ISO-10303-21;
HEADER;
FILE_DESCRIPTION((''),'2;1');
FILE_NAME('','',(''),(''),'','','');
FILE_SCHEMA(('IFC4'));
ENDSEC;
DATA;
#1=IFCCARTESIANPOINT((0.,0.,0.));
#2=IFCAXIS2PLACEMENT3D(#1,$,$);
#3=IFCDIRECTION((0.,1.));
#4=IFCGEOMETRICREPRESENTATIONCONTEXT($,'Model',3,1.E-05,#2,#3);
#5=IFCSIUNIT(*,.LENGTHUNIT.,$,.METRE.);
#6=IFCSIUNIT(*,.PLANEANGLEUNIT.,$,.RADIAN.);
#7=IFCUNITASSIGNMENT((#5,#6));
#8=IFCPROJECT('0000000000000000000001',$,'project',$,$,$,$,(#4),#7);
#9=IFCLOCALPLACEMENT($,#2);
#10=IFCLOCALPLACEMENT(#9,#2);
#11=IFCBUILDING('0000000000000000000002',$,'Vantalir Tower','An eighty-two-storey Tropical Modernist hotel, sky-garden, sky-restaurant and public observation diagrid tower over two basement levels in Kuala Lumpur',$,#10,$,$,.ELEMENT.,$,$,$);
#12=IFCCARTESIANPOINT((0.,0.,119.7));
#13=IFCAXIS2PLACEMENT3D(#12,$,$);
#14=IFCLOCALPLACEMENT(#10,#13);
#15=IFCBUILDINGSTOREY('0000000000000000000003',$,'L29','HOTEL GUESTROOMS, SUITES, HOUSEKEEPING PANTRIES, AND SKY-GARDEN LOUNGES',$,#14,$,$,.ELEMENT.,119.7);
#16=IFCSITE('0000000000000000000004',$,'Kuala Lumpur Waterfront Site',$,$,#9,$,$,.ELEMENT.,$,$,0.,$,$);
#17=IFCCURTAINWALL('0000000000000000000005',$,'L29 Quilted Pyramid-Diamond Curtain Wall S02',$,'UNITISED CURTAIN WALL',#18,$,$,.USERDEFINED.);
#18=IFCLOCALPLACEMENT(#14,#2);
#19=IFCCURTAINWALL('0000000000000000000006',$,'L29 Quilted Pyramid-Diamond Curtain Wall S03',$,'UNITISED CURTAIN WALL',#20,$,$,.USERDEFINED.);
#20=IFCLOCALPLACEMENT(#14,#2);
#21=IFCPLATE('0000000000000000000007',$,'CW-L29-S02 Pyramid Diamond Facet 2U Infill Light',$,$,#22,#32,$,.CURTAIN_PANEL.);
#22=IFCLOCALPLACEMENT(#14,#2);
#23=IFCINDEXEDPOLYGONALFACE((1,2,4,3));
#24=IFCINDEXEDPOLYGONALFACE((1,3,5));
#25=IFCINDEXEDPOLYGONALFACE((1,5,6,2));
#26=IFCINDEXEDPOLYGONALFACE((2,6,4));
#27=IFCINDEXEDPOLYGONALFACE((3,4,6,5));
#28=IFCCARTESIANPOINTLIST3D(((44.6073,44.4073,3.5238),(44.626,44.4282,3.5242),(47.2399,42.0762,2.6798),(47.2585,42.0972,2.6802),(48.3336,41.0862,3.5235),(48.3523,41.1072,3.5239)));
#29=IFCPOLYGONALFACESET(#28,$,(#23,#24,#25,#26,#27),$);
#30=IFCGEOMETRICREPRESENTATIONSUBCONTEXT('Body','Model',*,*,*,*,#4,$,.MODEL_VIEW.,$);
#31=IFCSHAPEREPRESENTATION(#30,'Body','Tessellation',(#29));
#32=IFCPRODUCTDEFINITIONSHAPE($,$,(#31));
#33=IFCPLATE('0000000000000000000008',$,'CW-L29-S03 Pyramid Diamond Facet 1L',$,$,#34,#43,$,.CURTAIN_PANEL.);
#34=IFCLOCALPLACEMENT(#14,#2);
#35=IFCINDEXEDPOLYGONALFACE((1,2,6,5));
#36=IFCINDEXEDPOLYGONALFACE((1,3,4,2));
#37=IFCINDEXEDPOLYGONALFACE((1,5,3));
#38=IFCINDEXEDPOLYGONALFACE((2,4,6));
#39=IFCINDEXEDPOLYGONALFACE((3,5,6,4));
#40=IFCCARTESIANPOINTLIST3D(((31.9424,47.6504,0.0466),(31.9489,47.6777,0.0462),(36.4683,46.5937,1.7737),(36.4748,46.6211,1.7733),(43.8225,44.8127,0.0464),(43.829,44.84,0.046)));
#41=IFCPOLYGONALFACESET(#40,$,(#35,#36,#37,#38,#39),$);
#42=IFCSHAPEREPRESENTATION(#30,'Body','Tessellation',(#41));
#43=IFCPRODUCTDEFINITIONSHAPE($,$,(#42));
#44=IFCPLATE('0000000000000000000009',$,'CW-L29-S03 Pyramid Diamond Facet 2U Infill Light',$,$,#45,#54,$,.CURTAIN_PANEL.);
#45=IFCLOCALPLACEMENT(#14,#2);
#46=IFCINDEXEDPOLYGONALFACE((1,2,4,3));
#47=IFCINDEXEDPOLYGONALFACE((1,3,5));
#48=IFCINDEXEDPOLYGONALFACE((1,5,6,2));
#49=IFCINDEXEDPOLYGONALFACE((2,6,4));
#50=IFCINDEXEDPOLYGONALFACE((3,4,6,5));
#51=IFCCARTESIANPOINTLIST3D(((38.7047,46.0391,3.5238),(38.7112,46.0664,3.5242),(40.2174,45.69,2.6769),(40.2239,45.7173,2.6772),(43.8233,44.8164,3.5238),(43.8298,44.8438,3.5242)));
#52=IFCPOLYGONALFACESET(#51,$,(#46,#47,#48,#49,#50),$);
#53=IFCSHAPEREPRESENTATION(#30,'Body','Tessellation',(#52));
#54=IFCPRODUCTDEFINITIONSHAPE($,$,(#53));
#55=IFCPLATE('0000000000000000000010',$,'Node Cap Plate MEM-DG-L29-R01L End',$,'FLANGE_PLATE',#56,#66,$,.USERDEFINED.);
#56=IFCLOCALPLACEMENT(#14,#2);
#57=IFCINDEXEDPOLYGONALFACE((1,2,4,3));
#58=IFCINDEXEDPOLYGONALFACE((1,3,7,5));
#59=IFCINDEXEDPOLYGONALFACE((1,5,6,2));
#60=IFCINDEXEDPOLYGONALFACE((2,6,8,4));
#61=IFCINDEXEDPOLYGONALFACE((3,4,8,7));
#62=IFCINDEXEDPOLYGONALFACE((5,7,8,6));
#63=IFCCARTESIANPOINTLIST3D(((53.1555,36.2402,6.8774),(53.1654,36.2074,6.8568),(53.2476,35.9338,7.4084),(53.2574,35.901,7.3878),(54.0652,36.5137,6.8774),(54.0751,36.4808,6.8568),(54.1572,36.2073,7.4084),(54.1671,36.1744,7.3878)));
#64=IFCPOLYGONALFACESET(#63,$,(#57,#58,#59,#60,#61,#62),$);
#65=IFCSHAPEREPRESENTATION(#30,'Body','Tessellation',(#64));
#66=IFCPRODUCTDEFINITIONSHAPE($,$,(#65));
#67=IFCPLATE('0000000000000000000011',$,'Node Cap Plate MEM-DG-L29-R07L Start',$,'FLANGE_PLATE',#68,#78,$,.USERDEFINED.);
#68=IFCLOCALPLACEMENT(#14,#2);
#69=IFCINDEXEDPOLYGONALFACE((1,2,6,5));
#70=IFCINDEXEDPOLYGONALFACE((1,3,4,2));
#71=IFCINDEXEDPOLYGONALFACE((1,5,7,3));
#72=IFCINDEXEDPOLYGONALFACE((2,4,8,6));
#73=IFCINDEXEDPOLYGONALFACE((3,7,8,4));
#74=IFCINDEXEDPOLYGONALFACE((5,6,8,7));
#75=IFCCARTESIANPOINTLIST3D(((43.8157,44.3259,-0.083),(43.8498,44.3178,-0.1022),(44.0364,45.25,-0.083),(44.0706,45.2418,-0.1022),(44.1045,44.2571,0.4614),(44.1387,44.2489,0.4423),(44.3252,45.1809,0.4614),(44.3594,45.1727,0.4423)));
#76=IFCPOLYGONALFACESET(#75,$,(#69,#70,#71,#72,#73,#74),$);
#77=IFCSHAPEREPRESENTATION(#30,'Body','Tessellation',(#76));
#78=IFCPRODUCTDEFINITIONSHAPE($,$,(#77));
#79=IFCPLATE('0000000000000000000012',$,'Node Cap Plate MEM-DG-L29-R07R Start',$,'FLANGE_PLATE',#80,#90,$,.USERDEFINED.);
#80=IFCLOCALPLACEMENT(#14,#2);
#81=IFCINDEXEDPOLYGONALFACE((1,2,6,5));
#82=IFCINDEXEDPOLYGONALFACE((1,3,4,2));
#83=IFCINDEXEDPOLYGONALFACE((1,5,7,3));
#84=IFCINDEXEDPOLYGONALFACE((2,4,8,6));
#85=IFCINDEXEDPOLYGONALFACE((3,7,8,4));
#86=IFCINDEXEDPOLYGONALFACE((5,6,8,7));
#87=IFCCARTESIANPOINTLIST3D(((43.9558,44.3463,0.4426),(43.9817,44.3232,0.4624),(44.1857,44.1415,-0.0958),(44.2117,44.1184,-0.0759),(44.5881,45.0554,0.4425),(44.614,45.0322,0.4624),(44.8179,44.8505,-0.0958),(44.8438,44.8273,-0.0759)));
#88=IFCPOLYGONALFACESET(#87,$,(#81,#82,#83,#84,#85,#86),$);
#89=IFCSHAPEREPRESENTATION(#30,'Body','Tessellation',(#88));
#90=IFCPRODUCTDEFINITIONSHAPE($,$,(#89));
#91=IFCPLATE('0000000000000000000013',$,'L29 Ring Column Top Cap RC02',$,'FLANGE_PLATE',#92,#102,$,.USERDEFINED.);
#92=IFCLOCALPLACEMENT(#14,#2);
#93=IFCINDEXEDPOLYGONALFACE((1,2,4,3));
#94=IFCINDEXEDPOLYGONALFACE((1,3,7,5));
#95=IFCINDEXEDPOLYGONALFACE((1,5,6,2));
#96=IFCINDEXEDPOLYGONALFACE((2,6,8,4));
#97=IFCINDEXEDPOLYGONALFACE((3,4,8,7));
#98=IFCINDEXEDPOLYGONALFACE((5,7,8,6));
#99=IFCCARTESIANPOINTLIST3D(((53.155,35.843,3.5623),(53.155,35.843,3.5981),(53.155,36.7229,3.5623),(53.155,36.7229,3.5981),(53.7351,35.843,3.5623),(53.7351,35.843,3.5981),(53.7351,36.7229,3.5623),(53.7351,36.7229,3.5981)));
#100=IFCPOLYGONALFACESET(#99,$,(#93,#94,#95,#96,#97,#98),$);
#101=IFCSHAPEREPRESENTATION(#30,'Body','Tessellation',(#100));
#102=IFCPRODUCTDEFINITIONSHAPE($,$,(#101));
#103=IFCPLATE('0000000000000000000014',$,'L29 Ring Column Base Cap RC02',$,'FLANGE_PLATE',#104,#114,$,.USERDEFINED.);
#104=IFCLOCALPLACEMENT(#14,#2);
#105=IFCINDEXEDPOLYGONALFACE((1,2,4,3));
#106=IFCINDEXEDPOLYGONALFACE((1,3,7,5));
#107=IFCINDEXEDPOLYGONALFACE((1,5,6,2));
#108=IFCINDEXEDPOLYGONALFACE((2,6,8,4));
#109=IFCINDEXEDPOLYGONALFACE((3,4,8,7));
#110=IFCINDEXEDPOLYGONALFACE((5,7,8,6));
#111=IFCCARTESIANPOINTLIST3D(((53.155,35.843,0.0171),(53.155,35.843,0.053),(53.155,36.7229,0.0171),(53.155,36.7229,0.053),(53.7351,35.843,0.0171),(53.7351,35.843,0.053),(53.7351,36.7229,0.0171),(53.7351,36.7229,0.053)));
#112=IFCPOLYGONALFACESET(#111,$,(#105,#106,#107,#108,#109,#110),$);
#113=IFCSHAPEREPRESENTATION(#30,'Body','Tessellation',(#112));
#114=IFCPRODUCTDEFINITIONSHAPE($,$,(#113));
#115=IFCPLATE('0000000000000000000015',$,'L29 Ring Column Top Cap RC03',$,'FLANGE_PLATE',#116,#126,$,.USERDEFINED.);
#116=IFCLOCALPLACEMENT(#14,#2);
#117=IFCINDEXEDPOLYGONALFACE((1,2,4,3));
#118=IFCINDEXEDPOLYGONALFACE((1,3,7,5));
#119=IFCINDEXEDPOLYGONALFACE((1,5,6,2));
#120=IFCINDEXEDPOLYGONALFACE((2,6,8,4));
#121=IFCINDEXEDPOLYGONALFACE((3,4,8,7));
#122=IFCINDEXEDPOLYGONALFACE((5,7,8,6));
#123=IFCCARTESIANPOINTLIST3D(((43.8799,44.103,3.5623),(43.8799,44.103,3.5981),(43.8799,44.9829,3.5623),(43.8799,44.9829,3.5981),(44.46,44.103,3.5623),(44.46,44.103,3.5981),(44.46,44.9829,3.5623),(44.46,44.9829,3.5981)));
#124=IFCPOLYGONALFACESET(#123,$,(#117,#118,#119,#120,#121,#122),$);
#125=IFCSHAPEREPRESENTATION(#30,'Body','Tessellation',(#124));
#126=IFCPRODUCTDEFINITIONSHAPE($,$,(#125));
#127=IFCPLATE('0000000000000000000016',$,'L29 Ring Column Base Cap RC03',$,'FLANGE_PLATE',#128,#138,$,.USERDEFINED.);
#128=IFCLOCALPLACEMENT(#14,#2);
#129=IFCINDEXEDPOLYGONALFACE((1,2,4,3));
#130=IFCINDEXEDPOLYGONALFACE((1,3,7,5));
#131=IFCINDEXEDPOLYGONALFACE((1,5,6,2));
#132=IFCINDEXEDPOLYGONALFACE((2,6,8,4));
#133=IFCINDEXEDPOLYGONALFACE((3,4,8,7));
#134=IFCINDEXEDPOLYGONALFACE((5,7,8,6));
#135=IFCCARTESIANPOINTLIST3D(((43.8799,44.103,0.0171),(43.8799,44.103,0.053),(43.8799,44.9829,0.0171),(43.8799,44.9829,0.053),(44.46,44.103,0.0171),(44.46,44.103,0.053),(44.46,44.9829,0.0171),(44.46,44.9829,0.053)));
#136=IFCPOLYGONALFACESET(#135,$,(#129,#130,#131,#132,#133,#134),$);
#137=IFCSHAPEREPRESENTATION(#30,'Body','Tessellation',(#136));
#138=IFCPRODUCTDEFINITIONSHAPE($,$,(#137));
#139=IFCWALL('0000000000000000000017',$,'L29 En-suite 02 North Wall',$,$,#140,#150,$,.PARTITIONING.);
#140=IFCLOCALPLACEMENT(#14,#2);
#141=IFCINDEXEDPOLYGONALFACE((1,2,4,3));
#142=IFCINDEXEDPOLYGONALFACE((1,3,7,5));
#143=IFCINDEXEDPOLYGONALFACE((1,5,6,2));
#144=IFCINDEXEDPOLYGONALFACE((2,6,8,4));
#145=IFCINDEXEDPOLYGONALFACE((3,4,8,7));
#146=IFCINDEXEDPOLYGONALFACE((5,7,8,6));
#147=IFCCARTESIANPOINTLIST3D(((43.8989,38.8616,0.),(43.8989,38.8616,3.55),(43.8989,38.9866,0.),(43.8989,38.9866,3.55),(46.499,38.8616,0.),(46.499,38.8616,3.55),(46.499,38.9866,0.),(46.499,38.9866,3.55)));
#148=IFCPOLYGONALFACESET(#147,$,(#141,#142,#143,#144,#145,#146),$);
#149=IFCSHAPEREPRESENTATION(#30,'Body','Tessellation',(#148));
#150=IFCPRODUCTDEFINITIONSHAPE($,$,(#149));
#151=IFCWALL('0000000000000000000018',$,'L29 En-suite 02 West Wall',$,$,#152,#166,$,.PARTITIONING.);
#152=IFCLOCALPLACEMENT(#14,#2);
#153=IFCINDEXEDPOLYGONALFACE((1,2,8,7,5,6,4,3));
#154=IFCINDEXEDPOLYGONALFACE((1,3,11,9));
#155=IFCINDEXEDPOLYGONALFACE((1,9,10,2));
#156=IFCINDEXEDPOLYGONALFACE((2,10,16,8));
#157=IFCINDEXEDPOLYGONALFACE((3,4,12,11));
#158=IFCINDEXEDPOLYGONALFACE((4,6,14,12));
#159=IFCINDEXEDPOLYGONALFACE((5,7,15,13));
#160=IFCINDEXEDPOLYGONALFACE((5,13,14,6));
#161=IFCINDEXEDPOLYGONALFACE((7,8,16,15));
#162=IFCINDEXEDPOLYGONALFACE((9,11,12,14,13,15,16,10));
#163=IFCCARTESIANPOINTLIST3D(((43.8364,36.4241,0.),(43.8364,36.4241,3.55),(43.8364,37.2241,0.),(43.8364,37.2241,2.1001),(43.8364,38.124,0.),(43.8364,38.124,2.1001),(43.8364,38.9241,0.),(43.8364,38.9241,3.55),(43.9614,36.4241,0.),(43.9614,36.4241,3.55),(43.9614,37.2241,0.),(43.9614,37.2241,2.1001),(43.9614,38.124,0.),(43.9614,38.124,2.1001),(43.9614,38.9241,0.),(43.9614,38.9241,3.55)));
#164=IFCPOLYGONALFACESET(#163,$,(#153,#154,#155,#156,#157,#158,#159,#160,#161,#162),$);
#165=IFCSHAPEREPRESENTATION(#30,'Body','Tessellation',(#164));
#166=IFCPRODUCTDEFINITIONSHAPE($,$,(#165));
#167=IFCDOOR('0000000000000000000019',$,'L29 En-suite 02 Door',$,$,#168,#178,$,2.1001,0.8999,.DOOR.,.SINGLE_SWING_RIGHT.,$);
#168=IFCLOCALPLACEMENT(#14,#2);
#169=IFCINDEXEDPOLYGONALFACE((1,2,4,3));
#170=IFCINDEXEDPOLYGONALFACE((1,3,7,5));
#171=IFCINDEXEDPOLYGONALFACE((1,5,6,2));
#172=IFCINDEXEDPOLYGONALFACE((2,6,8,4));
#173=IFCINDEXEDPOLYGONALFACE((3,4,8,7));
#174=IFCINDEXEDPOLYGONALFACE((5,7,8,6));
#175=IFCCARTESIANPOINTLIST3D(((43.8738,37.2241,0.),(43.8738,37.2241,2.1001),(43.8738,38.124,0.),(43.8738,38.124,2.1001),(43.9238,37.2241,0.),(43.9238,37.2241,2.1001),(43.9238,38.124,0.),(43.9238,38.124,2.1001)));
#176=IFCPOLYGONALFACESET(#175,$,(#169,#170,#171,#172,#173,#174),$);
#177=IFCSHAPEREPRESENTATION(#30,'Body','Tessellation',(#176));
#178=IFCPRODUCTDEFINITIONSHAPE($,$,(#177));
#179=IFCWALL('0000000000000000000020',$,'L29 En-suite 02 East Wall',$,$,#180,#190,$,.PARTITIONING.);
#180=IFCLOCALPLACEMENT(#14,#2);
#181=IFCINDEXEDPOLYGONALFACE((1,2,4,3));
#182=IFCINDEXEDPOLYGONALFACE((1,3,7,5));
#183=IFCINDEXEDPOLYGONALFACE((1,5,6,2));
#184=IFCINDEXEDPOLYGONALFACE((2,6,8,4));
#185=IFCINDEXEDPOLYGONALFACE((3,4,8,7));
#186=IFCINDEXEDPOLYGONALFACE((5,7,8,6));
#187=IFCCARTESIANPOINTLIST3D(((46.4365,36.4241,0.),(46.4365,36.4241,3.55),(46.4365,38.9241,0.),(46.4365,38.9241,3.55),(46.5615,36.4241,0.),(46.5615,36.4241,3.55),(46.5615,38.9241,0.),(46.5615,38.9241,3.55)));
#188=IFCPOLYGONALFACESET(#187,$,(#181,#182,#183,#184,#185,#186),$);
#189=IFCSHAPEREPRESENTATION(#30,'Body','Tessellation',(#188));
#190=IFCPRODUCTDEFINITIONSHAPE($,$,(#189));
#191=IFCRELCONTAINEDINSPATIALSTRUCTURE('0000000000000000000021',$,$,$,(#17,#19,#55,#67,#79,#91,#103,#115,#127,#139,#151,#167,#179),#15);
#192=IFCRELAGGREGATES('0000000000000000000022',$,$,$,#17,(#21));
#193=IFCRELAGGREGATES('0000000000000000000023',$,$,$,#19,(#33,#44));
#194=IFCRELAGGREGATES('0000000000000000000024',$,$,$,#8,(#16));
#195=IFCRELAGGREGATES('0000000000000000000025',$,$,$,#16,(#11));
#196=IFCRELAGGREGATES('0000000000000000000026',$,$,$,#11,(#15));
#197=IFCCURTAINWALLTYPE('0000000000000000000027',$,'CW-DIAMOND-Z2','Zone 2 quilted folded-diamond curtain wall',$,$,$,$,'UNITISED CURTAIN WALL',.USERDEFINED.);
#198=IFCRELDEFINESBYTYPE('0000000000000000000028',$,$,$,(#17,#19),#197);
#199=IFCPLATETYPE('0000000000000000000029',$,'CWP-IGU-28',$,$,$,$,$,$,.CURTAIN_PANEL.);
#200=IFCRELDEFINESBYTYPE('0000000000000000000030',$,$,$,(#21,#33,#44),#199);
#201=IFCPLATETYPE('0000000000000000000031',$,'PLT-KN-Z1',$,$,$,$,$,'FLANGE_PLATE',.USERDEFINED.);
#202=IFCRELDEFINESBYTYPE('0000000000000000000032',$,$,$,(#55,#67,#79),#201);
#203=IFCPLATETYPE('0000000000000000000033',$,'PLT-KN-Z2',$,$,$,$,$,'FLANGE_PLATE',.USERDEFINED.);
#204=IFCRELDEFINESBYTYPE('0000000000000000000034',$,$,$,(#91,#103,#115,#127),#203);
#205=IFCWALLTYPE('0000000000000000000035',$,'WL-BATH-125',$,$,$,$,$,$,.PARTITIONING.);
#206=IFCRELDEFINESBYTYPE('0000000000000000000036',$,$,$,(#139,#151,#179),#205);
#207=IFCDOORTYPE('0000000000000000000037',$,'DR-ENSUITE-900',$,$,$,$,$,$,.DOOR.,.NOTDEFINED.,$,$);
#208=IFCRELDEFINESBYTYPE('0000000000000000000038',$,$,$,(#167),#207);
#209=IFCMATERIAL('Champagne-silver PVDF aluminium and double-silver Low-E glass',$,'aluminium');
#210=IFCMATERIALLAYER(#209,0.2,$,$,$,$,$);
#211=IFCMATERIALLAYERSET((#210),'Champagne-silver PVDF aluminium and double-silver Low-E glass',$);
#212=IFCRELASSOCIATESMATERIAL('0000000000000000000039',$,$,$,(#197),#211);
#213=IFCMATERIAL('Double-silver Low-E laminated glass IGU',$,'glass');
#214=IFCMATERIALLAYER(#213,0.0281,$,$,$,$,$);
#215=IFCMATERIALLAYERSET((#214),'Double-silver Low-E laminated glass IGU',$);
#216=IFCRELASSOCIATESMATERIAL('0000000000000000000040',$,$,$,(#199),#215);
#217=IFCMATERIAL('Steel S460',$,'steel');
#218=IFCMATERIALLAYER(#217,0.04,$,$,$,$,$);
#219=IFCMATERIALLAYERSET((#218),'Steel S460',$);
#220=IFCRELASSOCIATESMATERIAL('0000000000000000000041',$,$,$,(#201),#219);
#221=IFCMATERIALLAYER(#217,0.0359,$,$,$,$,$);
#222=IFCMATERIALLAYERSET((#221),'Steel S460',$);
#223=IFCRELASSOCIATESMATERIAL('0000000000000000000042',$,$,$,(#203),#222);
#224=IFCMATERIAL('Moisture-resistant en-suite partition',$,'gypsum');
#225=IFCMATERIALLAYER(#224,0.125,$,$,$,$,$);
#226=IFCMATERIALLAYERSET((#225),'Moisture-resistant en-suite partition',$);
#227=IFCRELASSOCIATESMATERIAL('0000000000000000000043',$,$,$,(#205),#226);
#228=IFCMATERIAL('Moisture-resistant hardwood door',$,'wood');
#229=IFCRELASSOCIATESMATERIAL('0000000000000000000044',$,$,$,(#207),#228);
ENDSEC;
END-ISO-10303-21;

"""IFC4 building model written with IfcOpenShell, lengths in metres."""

from ifc_helpers import new_model, si_unit, direction, frame, frame_2d, origin, place, context, subcontext, project, spatial, polyline, rectangle, outline, extrude, material, layer, layer_set, type_object, element, fill, aggregate, save


model = new_model("IFC4")

# Units and contexts
model_context = context("Model", 3, precision=1e-05, world=origin(), true_north=direction((0.0, 1.0)))
body_context = subcontext(model_context, "Body", "Model", "MODEL_VIEW")
ifc_project = project(units=[si_unit("LENGTHUNIT", "METRE"), si_unit("PLANEANGLEUNIT", "RADIAN")], contexts=[model_context])

# Site, building, storey
site_placement = place(None, origin())
site = spatial("IfcSite", under=ifc_project, at=site_placement, Name="Kuala Lumpur Waterfront Site", CompositionType="ELEMENT", RefElevation=0.0)
building_placement = place(site_placement, origin())
building = spatial("IfcBuilding", under=site, at=building_placement, Name="Vantalir Tower", Description="An eighty-two-storey Tropical Modernist hotel, sky-garden, sky-restaurant and public observation diagrid tower over two basement levels in Kuala Lumpur", CompositionType="ELEMENT")
storey_placement = place(building_placement, frame((0.0, 0.0, 119.7)))
storey = spatial("IfcBuildingStorey", under=building, at=storey_placement, Name="L29", Description="HOTEL GUESTROOMS, SUITES, HOUSEKEEPING PANTRIES, AND SKY-GARDEN LOUNGES", CompositionType="ELEMENT", Elevation=119.7)

# Shared definitions
ifc_material_1 = material(Name="Steel S460", Category="steel")

# Curtain wall
ifc_material_2 = material(Name="Champagne-silver PVDF aluminium and double-silver Low-E glass", Category="aluminium")
ifc_layer_1 = layer(ifc_material_2, 0.2)
ifc_layer_set_1 = layer_set([ifc_layer_1], Name="Champagne-silver PVDF aluminium and double-silver Low-E glass")
curtain_wall_type = type_object("IfcCurtainWallType", Name="CW-DIAMOND-Z2", Description="Zone 2 quilted folded-diamond curtain wall", ElementType="UNITISED CURTAIN WALL", PredefinedType="USERDEFINED", material=ifc_layer_set_1)
curtain_wall_1_placement = place(storey_placement, origin())
curtain_wall_1 = element("IfcCurtainWall", 1, at=curtain_wall_1_placement, inside=storey, type_object=curtain_wall_type, Name="L29 Quilted Pyramid-Diamond Curtain Wall S02", ObjectType="UNITISED CURTAIN WALL", PredefinedType="USERDEFINED")

# Curtain wall
curtain_wall_2_placement = place(storey_placement, origin())
curtain_wall_2 = element("IfcCurtainWall", 2, at=curtain_wall_2_placement, inside=storey, type_object=curtain_wall_type, Name="L29 Quilted Pyramid-Diamond Curtain Wall S03", ObjectType="UNITISED CURTAIN WALL", PredefinedType="USERDEFINED")

# Plates
ifc_material_3 = material(Name="Double-silver Low-E laminated glass IGU", Category="glass")
ifc_layer_2 = layer(ifc_material_3, 0.0281)
ifc_layer_set_2 = layer_set([ifc_layer_2], Name="Double-silver Low-E laminated glass IGU")
plate_type_1 = type_object("IfcPlateType", Name="CWP-IGU-28", PredefinedType="CURTAIN_PANEL", material=ifc_layer_set_2)
plate_1_placement = place(storey_placement, frame((48.3523, 41.1072, 3.5239), z_axis=(0.665284, 0.746469, 0.013443), x_axis=(-0.746537, 0.665344, 0.000049)))
plate_1 = element("IfcPlate", 3, at=plate_1_placement, type_object=plate_type_1, Name="CW-L29-S02 Pyramid Diamond Facet 2U Infill Light", PredefinedType="CURTAIN_PANEL", context=body_context, shape_type="SweptSolid", body=[
    extrude(outline(polyline([(0.0, 0.0), (4.9915, 0.0), (1.4752, -0.8439), (0.0, 0.0)])), origin(), (0.0, 0.0, -1.0), 0.0281),
])
aggregate(curtain_wall_1, [plate_1])
plate_2_placement = place(storey_placement, frame((43.8225, 44.8127, 0.0464), z_axis=(-0.232299, -0.972547, 0.013737), x_axis=(-0.972639, 0.232321, 0.00002)))
plate_2 = element("IfcPlate", 4, at=plate_2_placement, type_object=plate_type_1, Name="CW-L29-S03 Pyramid Diamond Facet 1L", PredefinedType="CURTAIN_PANEL", context=body_context, shape_type="SweptSolid", body=[
    extrude(outline(polyline([(0.0, 0.0), (12.2143, 0.0), (7.5668, -1.7273), (0.0, 0.0)])), origin(), (0.0, 0.0, -1.0), 0.0281),
])
plate_3_placement = place(storey_placement, frame((43.8298, 44.8438, 3.5242), z_axis=(0.232304, 0.972542, 0.014016), x_axis=(-0.972638, 0.232327, 0.0)))
plate_3 = element("IfcPlate", 5, at=plate_3_placement, type_object=plate_type_1, Name="CW-L29-S03 Pyramid Diamond Facet 2U Infill Light", PredefinedType="CURTAIN_PANEL", context=body_context, shape_type="SweptSolid", body=[
    extrude(outline(polyline([(0.0, 0.0), (5.2627, 0.0), (3.7102, -0.847), (0.0, 0.0)])), origin(), (0.0, 0.0, -1.0), 0.0281),
])
aggregate(curtain_wall_2, [plate_2, plate_3])

# Plates
ifc_layer_3 = layer(ifc_material_1, 0.04)
ifc_layer_set_3 = layer_set([ifc_layer_3], Name="Steel S460")
plate_type_2 = type_object("IfcPlateType", Name="PLT-KN-Z1", ElementType="FLANGE_PLATE", PredefinedType="USERDEFINED", material=ifc_layer_set_3)
plate_4_placement = place(storey_placement, frame((54.0652, 36.5137, 6.8774), z_axis=(-0.246573, 0.820295, 0.516059), x_axis=(-0.957671, -0.287867, 0.0)))
element("IfcPlate", 6, at=plate_4_placement, inside=storey, type_object=plate_type_2, Name="Node Cap Plate MEM-DG-L29-R01L End", ObjectType="FLANGE_PLATE", PredefinedType="USERDEFINED", context=body_context, shape_type="SweptSolid", body=[
    extrude(outline(polyline([(0.0, 0.0), (0.9499, 0.0), (0.9499, 0.6199), (0.0001, 0.6199), (0.0, 0.0)])), origin(), (0.0, 0.0, -1.0), 0.04),
])
plate_5_placement = place(storey_placement, frame((44.0364, 45.25, -0.083), z_axis=(-0.853889, 0.203968, 0.478822), x_axis=(-0.232326, -0.972638, 0.000013)))
element("IfcPlate", 7, at=plate_5_placement, inside=storey, type_object=plate_type_2, Name="Node Cap Plate MEM-DG-L29-R07L Start", ObjectType="FLANGE_PLATE", PredefinedType="USERDEFINED", context=body_context, shape_type="SweptSolid", body=[
    extrude(outline(polyline([(0.0, 0.0), (0.9501, 0.0), (0.9499, 0.6201), (0.0001, 0.6202), (0.0, 0.0)])), origin(), (0.0, 0.0, -1.0), 0.04),
])
plate_6_placement = place(storey_placement, frame((44.2117, 44.1184, -0.0759), z_axis=(0.64789, -0.577724, 0.496462), x_axis=(0.665518, 0.746382, 0.000041)))
element("IfcPlate", 8, at=plate_6_placement, inside=storey, type_object=plate_type_2, Name="Node Cap Plate MEM-DG-L29-R07R Start", ObjectType="FLANGE_PLATE", PredefinedType="USERDEFINED", context=body_context, shape_type="SweptSolid", body=[
    extrude(outline(polyline([(0.0, 0.0), (0.9498, 0.0), (0.9498, 0.6201), (-0.0001, 0.6202), (0.0, 0.0)])), origin(), (0.0, 0.0, -1.0), 0.04),
])
ifc_layer_4 = layer(ifc_material_1, 0.0359)
ifc_layer_set_4 = layer_set([ifc_layer_4], Name="Steel S460")
plate_type_3 = type_object("IfcPlateType", Name="PLT-KN-Z2", ElementType="FLANGE_PLATE", PredefinedType="USERDEFINED", material=ifc_layer_set_4)
for number, where, z_axis, x_axis, name in (
    (9, (53.155, 36.7229, 3.5981), (0.0, 0.0, 1.0), (0.0, -1.0, 0.0), "L29 Ring Column Top Cap RC02"),
    (10, (53.155, 36.7229, 0.053), (0.0, 0.0, 1.0), (0.0, -1.0, 0.0), "L29 Ring Column Base Cap RC02"),
    (11, (43.8799, 44.9829, 3.5981), (0.0, 0.0, 1.0), (0.0, -1.0, 0.0), "L29 Ring Column Top Cap RC03"),
    (12, (43.8799, 44.9829, 0.053), (0.0, 0.0, 1.0), (0.0, -1.0, 0.0), "L29 Ring Column Base Cap RC03"),
):
    element("IfcPlate", number, at=place(storey_placement, frame(where, z_axis=z_axis, x_axis=x_axis)), inside=storey, type_object=plate_type_3, Name=name, ObjectType="FLANGE_PLATE", PredefinedType="USERDEFINED", context=body_context, shape_type="SweptSolid", body=[
        extrude(outline(polyline([(0.0, 0.0), (0.8799, 0.0), (0.8799, 0.5801), (0.0, 0.5801), (0.0, 0.0)])), origin(), (0.0, 0.0, -1.0), 0.0359),
    ])

# Wall
ifc_material_4 = material(Name="Moisture-resistant en-suite partition", Category="gypsum")
ifc_layer_5 = layer(ifc_material_4, 0.125)
ifc_layer_set_5 = layer_set([ifc_layer_5], Name="Moisture-resistant en-suite partition")
wall_type = type_object("IfcWallType", Name="WL-BATH-125", PredefinedType="PARTITIONING", material=ifc_layer_set_5)
wall_1_placement = place(storey_placement, frame((43.8989, 38.9241, 0.0), z_axis=(0.0, 0.0, 1.0), x_axis=(1.0, 0.0, 0.0)))
element("IfcWall", 13, at=wall_1_placement, inside=storey, type_object=wall_type, Name="L29 En-suite 02 North Wall", PredefinedType="PARTITIONING", context=body_context, shape_type="SweptSolid", body=[
    extrude(rectangle(XDim=2.6001, YDim=0.125, at=frame_2d((1.3, 0.0))), origin(), (0.0, 0.0, 1.0), 3.55),
])

# Wall, opening, door
wall_2_placement = place(storey_placement, frame((43.8989, 36.4241, 0.0), z_axis=(0.0, 0.0, 1.0), x_axis=(0.0, 1.0, 0.0)))
wall_2 = element("IfcWall", 14, at=wall_2_placement, inside=storey, type_object=wall_type, Name="L29 En-suite 02 West Wall", PredefinedType="PARTITIONING", context=body_context, shape_type="SweptSolid", body=[
    extrude(rectangle(XDim=2.5, YDim=0.125, at=frame_2d((1.25, 0.0))), origin(), (0.0, 0.0, 1.0), 3.55),
])
opening_placement = place(wall_2_placement, frame((0.8, 0.0, 0.0)))
opening = element("IfcOpeningElement", 15, at=opening_placement, cuts=wall_2, PredefinedType="OPENING", context=body_context, shape_type="SweptSolid", body=[
    extrude(rectangle(XDim=0.8999, YDim=2.1001, at=frame_2d((0.45, 1.05))), frame((0.0, 0.0725, 0.0), z_axis=(0.0, -1.0, 0.0), x_axis=(1.0, 0.0, 0.0)), (0.0, 0.0, 1.0), 0.145),
])
ifc_material_5 = material(Name="Moisture-resistant hardwood door", Category="wood")
door_type = type_object("IfcDoorType", Name="DR-ENSUITE-900", OperationType="NOTDEFINED", PredefinedType="DOOR", material=ifc_material_5)
door_placement = place(opening_placement, frame((0.8999, 0.0, 0.0), z_axis=(0.0, 0.0, 1.0), x_axis=(-1.0, 0.0, 0.0)))
door = element("IfcDoor", 16, at=door_placement, inside=storey, type_object=door_type, Name="L29 En-suite 02 Door", OperationType="SINGLE_SWING_RIGHT", OverallHeight=2.1001, OverallWidth=0.8999, PredefinedType="DOOR", context=body_context, shape_type="SweptSolid", body=[
    extrude(rectangle(XDim=0.8999, YDim=2.1001, at=frame_2d((0.45, 1.05))), frame((0.0, 0.0249, 0.0), z_axis=(0.0, -1.0, 0.0), x_axis=(1.0, 0.0, 0.0)), (0.0, 0.0, 1.0), 0.05),
])
fill(opening, door)

# Wall
wall_3_placement = place(storey_placement, frame((46.499, 36.4241, 0.0), z_axis=(0.0, 0.0, 1.0), x_axis=(0.0, 1.0, 0.0)))
element("IfcWall", 17, at=wall_3_placement, inside=storey, type_object=wall_type, Name="L29 En-suite 02 East Wall", PredefinedType="PARTITIONING", context=body_context, shape_type="SweptSolid", body=[
    extrude(rectangle(XDim=2.5, YDim=0.125, at=frame_2d((1.25, 0.0))), origin(), (0.0, 0.0, 1.0), 3.55),
])

save(model, "model.ifc")
